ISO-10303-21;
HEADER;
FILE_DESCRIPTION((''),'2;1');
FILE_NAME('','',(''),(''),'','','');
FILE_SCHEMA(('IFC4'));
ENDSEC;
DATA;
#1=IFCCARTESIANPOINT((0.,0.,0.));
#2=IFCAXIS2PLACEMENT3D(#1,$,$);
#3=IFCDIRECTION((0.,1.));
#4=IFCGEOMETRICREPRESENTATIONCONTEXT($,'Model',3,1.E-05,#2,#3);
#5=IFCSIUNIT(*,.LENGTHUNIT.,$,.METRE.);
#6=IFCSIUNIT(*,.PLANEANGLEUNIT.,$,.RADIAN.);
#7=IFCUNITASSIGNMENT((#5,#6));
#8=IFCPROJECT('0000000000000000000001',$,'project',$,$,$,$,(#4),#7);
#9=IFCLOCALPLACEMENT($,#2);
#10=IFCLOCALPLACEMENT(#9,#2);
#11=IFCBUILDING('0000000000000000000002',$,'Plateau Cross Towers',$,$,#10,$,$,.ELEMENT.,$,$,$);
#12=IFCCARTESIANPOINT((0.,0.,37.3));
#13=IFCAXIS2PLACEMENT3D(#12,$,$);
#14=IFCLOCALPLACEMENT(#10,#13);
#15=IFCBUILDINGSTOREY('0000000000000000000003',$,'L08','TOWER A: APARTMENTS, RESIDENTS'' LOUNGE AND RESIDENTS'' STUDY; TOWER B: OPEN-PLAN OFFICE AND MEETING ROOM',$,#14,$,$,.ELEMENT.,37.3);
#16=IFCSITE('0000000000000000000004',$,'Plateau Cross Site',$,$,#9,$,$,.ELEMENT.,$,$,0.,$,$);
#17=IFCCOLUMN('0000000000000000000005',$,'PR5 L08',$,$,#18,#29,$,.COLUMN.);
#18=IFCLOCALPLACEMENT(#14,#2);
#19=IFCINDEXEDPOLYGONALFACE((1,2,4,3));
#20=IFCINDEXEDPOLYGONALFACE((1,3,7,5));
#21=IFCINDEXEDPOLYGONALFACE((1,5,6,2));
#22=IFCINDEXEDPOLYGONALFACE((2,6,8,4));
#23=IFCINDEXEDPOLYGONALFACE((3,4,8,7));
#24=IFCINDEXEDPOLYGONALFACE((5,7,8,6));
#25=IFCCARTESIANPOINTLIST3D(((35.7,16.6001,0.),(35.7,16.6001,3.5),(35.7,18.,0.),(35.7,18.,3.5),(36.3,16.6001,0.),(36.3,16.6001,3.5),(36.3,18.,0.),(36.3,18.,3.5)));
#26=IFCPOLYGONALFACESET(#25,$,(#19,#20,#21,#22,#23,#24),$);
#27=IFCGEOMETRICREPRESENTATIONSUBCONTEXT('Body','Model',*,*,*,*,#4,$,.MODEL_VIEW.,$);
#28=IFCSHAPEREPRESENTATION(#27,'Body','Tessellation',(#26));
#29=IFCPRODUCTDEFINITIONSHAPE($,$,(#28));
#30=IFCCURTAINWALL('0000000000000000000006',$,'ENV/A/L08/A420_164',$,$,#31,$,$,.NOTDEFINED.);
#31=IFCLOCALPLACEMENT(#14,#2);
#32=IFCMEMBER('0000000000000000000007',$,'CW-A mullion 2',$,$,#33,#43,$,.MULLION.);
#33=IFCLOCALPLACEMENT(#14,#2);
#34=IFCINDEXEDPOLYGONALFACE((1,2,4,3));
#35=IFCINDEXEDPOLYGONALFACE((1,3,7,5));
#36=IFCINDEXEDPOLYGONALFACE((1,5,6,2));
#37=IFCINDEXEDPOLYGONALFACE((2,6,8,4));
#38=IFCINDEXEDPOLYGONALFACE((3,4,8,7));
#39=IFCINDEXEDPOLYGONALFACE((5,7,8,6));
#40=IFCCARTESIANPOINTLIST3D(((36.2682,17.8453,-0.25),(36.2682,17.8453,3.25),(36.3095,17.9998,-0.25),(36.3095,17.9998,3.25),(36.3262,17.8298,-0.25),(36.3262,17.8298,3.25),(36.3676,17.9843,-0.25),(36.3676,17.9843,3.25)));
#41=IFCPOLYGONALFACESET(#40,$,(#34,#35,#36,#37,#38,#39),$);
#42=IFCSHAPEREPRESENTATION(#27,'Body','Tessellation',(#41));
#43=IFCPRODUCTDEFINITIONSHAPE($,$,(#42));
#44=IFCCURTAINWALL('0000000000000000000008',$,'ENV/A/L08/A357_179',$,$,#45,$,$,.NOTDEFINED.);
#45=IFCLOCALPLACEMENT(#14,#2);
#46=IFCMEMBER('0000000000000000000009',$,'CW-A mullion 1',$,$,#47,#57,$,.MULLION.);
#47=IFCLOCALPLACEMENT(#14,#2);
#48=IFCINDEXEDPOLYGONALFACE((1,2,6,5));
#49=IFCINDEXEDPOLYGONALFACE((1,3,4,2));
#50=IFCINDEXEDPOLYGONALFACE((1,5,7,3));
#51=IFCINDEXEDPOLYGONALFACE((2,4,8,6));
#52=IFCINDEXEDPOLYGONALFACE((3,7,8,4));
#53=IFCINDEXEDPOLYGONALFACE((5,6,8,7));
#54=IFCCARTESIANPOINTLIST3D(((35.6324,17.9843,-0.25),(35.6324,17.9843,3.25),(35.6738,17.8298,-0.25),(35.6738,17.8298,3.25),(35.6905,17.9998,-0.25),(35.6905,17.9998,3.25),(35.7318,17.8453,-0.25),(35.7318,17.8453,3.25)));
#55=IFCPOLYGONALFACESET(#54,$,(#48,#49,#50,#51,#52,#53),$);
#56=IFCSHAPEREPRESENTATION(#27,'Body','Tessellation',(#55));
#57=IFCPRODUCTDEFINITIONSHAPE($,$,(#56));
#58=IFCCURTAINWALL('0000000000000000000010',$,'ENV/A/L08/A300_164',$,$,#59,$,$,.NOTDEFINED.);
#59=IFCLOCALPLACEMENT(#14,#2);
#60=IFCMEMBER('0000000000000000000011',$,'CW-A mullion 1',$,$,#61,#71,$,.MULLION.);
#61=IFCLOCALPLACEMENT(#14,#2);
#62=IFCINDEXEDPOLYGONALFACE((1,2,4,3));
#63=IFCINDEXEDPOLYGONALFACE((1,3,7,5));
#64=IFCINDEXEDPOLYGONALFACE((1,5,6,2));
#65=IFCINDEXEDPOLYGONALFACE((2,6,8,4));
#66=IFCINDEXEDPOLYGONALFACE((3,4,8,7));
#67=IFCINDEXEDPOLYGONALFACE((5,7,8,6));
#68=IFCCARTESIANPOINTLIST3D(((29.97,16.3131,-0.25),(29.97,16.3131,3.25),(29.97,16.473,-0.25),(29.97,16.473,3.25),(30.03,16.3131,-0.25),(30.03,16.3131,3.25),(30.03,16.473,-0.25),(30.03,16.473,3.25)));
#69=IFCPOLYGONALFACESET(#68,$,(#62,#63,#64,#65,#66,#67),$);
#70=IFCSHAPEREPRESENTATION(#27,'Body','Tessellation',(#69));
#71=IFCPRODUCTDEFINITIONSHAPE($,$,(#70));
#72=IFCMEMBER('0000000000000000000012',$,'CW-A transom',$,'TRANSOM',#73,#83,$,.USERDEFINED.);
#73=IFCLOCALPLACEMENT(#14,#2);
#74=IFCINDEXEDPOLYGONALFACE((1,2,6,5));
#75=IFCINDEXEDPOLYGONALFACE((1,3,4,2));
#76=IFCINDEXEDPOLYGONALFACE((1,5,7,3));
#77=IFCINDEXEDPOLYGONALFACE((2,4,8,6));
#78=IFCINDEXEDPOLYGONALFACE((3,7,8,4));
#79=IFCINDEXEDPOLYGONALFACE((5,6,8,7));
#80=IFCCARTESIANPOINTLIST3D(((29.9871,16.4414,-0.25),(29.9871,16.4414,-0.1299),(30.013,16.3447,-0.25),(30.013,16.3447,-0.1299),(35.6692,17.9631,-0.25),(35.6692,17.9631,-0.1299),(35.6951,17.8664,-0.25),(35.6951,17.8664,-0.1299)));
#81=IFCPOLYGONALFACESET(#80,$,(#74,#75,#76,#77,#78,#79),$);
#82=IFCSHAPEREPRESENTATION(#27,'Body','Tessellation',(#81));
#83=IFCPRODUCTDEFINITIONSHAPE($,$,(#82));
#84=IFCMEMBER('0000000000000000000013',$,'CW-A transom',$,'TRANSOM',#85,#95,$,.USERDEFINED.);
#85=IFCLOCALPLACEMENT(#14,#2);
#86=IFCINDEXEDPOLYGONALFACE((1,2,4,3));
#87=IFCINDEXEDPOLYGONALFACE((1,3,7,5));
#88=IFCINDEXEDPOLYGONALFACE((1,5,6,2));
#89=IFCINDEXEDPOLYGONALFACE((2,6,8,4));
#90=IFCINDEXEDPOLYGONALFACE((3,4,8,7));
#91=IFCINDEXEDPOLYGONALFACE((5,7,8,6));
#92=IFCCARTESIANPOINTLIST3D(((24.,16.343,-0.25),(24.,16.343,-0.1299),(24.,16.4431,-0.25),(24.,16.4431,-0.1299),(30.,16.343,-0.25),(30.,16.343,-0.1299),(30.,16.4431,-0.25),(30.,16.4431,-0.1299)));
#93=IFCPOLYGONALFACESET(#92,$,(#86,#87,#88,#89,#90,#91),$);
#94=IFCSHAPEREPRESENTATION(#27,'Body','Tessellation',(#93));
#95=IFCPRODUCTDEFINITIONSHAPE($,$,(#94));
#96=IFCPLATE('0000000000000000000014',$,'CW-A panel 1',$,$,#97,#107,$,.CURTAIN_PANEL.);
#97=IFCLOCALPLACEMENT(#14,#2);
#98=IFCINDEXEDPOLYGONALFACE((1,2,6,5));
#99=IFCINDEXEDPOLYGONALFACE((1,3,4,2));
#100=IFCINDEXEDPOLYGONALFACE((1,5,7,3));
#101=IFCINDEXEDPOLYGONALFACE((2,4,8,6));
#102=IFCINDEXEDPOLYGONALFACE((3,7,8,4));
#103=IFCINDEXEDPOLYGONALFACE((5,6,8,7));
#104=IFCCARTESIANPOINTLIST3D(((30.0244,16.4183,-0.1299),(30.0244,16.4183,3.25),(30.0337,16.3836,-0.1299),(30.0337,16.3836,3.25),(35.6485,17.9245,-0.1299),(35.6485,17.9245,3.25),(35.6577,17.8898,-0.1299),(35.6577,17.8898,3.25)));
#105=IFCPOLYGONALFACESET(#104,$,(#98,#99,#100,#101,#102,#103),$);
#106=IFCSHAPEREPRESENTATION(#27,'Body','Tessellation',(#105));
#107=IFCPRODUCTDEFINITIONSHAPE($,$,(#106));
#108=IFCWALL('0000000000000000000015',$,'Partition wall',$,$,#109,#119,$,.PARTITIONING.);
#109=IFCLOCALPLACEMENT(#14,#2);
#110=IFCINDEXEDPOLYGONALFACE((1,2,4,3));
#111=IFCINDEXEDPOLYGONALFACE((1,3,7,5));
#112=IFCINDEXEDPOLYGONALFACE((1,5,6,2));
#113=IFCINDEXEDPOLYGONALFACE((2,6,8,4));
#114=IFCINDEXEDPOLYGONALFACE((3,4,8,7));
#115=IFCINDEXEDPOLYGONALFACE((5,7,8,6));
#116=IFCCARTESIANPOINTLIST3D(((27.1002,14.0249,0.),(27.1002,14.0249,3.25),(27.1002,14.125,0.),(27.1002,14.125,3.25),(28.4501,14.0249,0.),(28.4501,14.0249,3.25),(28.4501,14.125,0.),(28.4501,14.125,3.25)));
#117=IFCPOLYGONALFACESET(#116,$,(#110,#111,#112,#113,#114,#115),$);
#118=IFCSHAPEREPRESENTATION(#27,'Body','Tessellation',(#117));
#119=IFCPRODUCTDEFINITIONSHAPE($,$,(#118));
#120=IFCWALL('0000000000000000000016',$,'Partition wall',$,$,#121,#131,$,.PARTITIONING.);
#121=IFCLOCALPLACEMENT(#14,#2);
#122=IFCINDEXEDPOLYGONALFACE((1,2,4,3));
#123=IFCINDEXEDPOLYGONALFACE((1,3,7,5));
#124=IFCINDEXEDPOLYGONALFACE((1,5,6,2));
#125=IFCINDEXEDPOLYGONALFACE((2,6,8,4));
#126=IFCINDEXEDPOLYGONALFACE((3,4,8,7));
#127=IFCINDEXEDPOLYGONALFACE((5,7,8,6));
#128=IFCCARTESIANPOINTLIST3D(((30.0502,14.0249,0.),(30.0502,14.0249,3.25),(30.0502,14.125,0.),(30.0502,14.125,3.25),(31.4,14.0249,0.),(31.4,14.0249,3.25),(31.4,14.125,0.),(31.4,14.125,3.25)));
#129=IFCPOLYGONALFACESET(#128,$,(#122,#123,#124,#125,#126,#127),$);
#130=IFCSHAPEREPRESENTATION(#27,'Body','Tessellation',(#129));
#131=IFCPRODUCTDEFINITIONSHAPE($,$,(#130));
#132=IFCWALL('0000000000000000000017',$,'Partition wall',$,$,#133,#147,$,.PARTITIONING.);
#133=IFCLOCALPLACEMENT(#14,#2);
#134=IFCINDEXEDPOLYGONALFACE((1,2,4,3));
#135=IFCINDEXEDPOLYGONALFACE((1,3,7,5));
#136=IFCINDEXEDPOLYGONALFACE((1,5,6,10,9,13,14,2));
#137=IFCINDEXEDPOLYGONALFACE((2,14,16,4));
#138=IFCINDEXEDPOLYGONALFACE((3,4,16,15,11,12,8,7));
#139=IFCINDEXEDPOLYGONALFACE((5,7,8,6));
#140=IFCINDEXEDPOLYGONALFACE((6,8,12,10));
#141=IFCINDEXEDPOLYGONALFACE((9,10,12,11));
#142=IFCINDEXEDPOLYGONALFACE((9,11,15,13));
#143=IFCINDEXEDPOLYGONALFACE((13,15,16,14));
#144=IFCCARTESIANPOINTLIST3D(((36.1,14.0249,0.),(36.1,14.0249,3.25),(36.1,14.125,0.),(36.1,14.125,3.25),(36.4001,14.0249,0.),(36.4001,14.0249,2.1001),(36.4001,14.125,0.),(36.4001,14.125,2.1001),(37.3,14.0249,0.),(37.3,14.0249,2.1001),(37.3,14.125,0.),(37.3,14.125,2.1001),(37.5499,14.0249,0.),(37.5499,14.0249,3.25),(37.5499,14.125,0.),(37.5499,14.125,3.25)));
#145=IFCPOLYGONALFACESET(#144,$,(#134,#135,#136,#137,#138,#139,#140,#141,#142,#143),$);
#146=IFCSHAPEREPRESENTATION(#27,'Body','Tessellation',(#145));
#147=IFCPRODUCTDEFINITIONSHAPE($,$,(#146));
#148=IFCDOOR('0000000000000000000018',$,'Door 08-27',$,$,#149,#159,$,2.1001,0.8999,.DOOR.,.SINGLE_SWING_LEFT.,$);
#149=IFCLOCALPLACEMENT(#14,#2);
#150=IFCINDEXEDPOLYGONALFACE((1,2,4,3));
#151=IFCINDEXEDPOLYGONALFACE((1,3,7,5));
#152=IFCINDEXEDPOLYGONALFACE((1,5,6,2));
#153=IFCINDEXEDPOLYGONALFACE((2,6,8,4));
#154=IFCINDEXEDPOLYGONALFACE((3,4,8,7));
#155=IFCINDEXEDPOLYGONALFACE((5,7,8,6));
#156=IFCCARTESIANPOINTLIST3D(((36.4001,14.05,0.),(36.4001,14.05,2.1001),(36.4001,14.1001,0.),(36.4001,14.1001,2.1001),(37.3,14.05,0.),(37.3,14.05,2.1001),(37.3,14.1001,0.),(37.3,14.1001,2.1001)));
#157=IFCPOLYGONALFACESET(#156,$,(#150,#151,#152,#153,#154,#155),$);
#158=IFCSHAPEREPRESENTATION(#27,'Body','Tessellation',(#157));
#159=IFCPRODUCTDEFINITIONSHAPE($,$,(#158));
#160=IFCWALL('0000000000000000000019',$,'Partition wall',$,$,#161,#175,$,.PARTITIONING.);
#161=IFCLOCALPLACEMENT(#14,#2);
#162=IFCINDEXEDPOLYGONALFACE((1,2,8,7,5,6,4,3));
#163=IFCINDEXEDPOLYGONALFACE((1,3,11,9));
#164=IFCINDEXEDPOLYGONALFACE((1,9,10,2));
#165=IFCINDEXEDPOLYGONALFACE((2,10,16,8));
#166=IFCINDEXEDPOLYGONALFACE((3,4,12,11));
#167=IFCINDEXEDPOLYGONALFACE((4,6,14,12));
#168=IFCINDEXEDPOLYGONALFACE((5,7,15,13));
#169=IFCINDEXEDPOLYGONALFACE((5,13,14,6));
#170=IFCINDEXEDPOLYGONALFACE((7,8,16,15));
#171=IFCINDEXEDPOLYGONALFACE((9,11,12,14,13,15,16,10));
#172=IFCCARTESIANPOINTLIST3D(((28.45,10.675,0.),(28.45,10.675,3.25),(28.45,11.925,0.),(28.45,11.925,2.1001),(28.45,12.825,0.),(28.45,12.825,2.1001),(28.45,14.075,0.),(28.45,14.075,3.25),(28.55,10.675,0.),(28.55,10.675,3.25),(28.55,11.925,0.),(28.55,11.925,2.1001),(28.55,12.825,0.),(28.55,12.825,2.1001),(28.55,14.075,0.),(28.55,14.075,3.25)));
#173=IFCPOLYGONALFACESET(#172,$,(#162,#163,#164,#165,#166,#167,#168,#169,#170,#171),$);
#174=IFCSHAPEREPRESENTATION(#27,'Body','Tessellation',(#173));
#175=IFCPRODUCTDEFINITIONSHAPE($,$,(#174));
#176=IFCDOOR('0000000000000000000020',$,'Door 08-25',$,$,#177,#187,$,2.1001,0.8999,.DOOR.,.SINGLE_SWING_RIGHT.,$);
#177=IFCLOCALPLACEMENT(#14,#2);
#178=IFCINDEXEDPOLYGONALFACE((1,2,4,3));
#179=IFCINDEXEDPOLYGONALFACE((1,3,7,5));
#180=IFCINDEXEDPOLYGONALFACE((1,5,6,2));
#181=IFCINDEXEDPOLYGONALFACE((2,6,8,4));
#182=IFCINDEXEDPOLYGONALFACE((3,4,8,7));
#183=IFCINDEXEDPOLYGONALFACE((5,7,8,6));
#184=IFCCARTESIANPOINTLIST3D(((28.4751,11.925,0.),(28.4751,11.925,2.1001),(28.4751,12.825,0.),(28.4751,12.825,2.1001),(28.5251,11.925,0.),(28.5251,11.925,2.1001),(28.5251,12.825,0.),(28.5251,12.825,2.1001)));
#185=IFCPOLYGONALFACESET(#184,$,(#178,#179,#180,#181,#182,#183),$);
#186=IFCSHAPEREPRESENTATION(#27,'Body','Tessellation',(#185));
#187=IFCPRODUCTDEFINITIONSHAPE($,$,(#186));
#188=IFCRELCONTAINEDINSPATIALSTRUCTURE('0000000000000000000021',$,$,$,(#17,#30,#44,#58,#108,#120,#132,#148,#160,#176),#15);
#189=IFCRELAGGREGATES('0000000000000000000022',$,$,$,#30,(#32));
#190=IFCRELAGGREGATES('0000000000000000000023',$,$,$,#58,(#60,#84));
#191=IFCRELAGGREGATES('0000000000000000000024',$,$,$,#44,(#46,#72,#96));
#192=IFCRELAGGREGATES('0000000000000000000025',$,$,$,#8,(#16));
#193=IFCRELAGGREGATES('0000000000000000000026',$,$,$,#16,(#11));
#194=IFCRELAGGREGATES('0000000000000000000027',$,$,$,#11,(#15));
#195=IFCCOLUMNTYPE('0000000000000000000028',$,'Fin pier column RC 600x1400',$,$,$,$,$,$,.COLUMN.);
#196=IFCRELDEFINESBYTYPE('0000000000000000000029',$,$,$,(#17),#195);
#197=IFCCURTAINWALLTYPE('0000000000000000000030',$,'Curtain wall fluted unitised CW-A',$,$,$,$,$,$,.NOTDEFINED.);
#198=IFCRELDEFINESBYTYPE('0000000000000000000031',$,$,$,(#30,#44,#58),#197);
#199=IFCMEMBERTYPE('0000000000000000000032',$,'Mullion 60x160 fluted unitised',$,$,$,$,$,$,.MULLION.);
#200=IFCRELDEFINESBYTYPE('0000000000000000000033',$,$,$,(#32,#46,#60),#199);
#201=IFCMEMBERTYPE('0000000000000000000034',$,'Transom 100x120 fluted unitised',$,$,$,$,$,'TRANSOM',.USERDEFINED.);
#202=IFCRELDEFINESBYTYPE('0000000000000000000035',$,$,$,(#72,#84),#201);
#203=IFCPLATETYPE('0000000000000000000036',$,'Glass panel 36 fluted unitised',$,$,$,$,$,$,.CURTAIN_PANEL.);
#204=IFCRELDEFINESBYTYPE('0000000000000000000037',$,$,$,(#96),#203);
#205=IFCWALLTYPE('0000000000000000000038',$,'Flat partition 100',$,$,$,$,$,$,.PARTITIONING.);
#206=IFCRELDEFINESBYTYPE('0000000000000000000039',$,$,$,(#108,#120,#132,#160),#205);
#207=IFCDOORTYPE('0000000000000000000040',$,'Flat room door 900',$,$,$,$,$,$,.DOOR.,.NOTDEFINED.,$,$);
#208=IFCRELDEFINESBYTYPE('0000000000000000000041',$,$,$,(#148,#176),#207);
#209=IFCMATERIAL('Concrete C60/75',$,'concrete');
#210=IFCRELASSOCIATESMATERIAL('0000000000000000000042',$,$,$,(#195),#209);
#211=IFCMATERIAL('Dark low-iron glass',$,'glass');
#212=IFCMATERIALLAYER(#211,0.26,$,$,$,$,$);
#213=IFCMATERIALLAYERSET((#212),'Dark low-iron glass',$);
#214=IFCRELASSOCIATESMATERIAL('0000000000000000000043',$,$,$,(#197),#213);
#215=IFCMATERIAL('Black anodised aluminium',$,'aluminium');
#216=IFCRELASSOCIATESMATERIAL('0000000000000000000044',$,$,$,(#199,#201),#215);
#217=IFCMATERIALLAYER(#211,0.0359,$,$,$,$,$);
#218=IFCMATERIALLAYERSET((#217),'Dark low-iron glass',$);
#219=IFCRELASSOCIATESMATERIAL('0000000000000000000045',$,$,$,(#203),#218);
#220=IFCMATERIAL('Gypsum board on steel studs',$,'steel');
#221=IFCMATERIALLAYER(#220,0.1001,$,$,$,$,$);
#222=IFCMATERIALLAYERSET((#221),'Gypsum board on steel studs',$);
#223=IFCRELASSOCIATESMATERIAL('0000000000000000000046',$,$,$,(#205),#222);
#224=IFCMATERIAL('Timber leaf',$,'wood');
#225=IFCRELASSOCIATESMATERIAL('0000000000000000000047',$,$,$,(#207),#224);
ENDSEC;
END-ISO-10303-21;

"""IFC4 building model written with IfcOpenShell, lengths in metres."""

from ifc_helpers import new_model, si_unit, direction, frame, frame_2d, origin, origin_2d, place, context, subcontext, project, spatial, rectangle, extrude, material, layer, layer_set, material_profile, profile_set, type_object, element, fill, aggregate, save


model = new_model("IFC4")

# Units and contexts
model_context = context("Model", 3, precision=1e-05, world=origin(), true_north=direction((0.0, 1.0)))
body_context = subcontext(model_context, "Body", "Model", "MODEL_VIEW")
ifc_project = project(units=[si_unit("LENGTHUNIT", "METRE"), si_unit("PLANEANGLEUNIT", "RADIAN")], contexts=[model_context])

# Site, building, storey
site_placement = place(None, origin())
site = spatial("IfcSite", under=ifc_project, at=site_placement, Name="Plateau Cross Site", CompositionType="ELEMENT", RefElevation=0.0)
building_placement = place(site_placement, origin())
building = spatial("IfcBuilding", under=site, at=building_placement, Name="Plateau Cross Towers", CompositionType="ELEMENT")
storey_placement = place(building_placement, frame((0.0, 0.0, 37.3)))
storey = spatial("IfcBuildingStorey", under=building, at=storey_placement, Name="L08", Description="TOWER A: APARTMENTS, RESIDENTS' LOUNGE AND RESIDENTS' STUDY; TOWER B: OPEN-PLAN OFFICE AND MEETING ROOM", CompositionType="ELEMENT", Elevation=37.3)

# Column
ifc_material_1 = material(Name="Concrete C60/75", Category="concrete")
ifc_material_profile_1 = material_profile(ifc_material_1, rectangle(XDim=0.6001, YDim=1.3999, at=origin_2d()), Name="RC 600x1400")
ifc_profile_set_1 = profile_set([ifc_material_profile_1], Name="Concrete C60/75")
column_type = type_object("IfcColumnType", Name="Fin pier column RC 600x1400", PredefinedType="COLUMN", material=ifc_profile_set_1)
column_placement = place(storey_placement, frame((36.0, 17.3, 0.0), z_axis=(0.0, 0.0, 1.0), x_axis=(1.0, 0.0, 0.0)))
element("IfcColumn", 1, at=column_placement, inside=storey, type_object=column_type, Name="PR5 L08", PredefinedType="COLUMN", context=body_context, shape_type="SweptSolid", body=[
    extrude(rectangle(XDim=0.6001, YDim=1.3999, at=origin_2d()), origin(), (0.0, 0.0, 1.0), 3.5),
])

# Curtain walls, members
ifc_material_2 = material(Name="Dark low-iron glass", Category="glass")
ifc_layer_1 = layer(ifc_material_2, 0.26)
ifc_layer_set_1 = layer_set([ifc_layer_1], Name="Dark low-iron glass")
curtain_wall_type = type_object("IfcCurtainWallType", Name="Curtain wall fluted unitised CW-A", PredefinedType="NOTDEFINED", material=ifc_layer_set_1)
curtain_wall_1_placement = place(storey_placement, origin())
curtain_wall_1 = element("IfcCurtainWall", 2, at=curtain_wall_1_placement, inside=storey, type_object=curtain_wall_type, Name="ENV/A/L08/A420_164", PredefinedType="NOTDEFINED")
ifc_material_3 = material(Name="Black anodised aluminium", Category="aluminium")
ifc_material_profile_2 = material_profile(ifc_material_3, rectangle(XDim=0.0601, YDim=0.1599, at=origin_2d()), Name="MULLION 60x160")
ifc_profile_set_2 = profile_set([ifc_material_profile_2], Name="Black anodised aluminium")
member_type_1 = type_object("IfcMemberType", Name="Mullion 60x160 fluted unitised", PredefinedType="MULLION", material=ifc_profile_set_2)
member_1_placement = place(storey_placement, frame((36.3179, 17.9148, -0.25), z_axis=(0.0, 0.0, 1.0), x_axis=(-0.965958, 0.258699, 0.0)))
member_1 = element("IfcMember", 3, at=member_1_placement, type_object=member_type_1, Name="CW-A mullion 2", PredefinedType="MULLION", context=body_context, shape_type="SweptSolid", body=[
    extrude(rectangle(XDim=0.0601, YDim=0.1599, at=origin_2d()), origin(), (0.0, 0.0, 1.0), 3.5),
])
aggregate(curtain_wall_1, [member_1])
curtain_wall_2_placement = place(storey_placement, origin())
curtain_wall_2 = element("IfcCurtainWall", 4, at=curtain_wall_2_placement, inside=storey, type_object=curtain_wall_type, Name="ENV/A/L08/A357_179", PredefinedType="NOTDEFINED")
member_2_placement = place(storey_placement, frame((35.6821, 17.9148, -0.25), z_axis=(0.0, 0.0, 1.0), x_axis=(-0.965958, -0.258699, 0.0)))
member_2 = element("IfcMember", 5, at=member_2_placement, type_object=member_type_1, Name="CW-A mullion 1", PredefinedType="MULLION", context=body_context, shape_type="SweptSolid", body=[
    extrude(rectangle(XDim=0.0601, YDim=0.1599, at=origin_2d()), origin(), (0.0, 0.0, 1.0), 3.5),
])
curtain_wall_3_placement = place(storey_placement, origin())
curtain_wall_3 = element("IfcCurtainWall", 6, at=curtain_wall_3_placement, inside=storey, type_object=curtain_wall_type, Name="ENV/A/L08/A300_164", PredefinedType="NOTDEFINED")
member_3_placement = place(storey_placement, frame((30.0, 16.3931, -0.25), z_axis=(0.0, 0.0, 1.0), x_axis=(-1.0, 0.0, 0.0)))
member_3 = element("IfcMember", 7, at=member_3_placement, type_object=member_type_1, Name="CW-A mullion 1", PredefinedType="MULLION", context=body_context, shape_type="SweptSolid", body=[
    extrude(rectangle(XDim=0.0601, YDim=0.1599, at=origin_2d()), origin(), (0.0, 0.0, 1.0), 3.5),
])

# Members
ifc_material_profile_3 = material_profile(ifc_material_3, rectangle(XDim=0.1001, YDim=0.1201, at=origin_2d()), Name="TRANSOM 100x120")
ifc_profile_set_3 = profile_set([ifc_material_profile_3], Name="Black anodised aluminium")
member_type_2 = type_object("IfcMemberType", Name="Transom 100x120 fluted unitised", ElementType="TRANSOM", PredefinedType="USERDEFINED", material=ifc_profile_set_3)
member_4_placement = place(storey_placement, frame((35.6821, 17.9148, -0.1899), z_axis=(-0.96596, -0.258693, 0.0), x_axis=(0.258693, -0.96596, 0.0)))
member_4 = element("IfcMember", 8, at=member_4_placement, type_object=member_type_2, Name="CW-A transom", ObjectType="TRANSOM", PredefinedType="USERDEFINED", context=body_context, shape_type="SweptSolid", body=[
    extrude(rectangle(XDim=0.1001, YDim=0.1201, at=origin_2d()), origin(), (0.0, 0.0, 1.0), 5.8823),
])
member_5_placement = place(storey_placement, frame((30.0, 16.3931, -0.1899), z_axis=(-1.0, 0.0, 0.0), x_axis=(0.0, -1.0, 0.0)))
member_5 = element("IfcMember", 9, at=member_5_placement, type_object=member_type_2, Name="CW-A transom", ObjectType="TRANSOM", PredefinedType="USERDEFINED", context=body_context, shape_type="SweptSolid", body=[
    extrude(rectangle(XDim=0.1001, YDim=0.1201, at=origin_2d()), origin(), (0.0, 0.0, 1.0), 6.0),
])
aggregate(curtain_wall_3, [member_3, member_5])

# Plate
ifc_layer_2 = layer(ifc_material_2, 0.0359)
ifc_layer_set_2 = layer_set([ifc_layer_2], Name="Dark low-iron glass")
plate_type = type_object("IfcPlateType", Name="Glass panel 36 fluted unitised", PredefinedType="CURTAIN_PANEL", material=ifc_layer_set_2)
plate_placement = place(storey_placement, frame((32.8411, 17.1541, -0.1299), z_axis=(0.0, 0.0, 1.0), x_axis=(-0.965958, -0.258699, 0.0)))
plate = element("IfcPlate", 10, at=plate_placement, type_object=plate_type, Name="CW-A panel 1", PredefinedType="CURTAIN_PANEL", context=body_context, shape_type="SweptSolid", body=[
    extrude(rectangle(XDim=5.8223, YDim=0.0359, at=origin_2d()), origin(), (0.0, 0.0, 1.0), 3.3799),
])
aggregate(curtain_wall_2, [member_2, member_4, plate])

# Walls
ifc_material_4 = material(Name="Gypsum board on steel studs", Category="steel")
ifc_layer_3 = layer(ifc_material_4, 0.1001)
ifc_layer_set_3 = layer_set([ifc_layer_3], Name="Gypsum board on steel studs")
wall_type_1 = type_object("IfcWallType", Name="Flat partition 100", PredefinedType="PARTITIONING", material=ifc_layer_set_3)
for number, where, z_axis, x_axis, name in (
    (11, (28.45, 14.075, 0.0), (0.0, 0.0, 1.0), (-1.0, 0.0, 0.0), "Partition wall"),
    (12, (31.3999, 14.075, 0.0), (0.0, 0.0, 1.0), (-1.0, 0.0, 0.0), "Partition wall"),
):
    element("IfcWall", number, at=place(storey_placement, frame(where, z_axis=z_axis, x_axis=x_axis)), inside=storey, type_object=wall_type_1, Name=name, PredefinedType="PARTITIONING", context=body_context, shape_type="SweptSolid", body=[
        extrude(rectangle(XDim=1.3499, YDim=0.1001, at=frame_2d((0.6748, 0.0))), origin(), (0.0, 0.0, 1.0), 3.25),
    ])

# Walls, openings, doors
wall_1_placement = place(storey_placement, frame((37.55, 14.075, 0.0), z_axis=(0.0, 0.0, 1.0), x_axis=(-1.0, 0.0, 0.0)))
wall_1 = element("IfcWall", 13, at=wall_1_placement, inside=storey, type_object=wall_type_1, Name="Partition wall", PredefinedType="PARTITIONING", context=body_context, shape_type="SweptSolid", body=[
    extrude(rectangle(XDim=1.45, YDim=0.1001, at=frame_2d((0.7251, 0.0))), origin(), (0.0, 0.0, 1.0), 3.25),
])
opening_1_placement = place(wall_1_placement, frame((0.25, 0.0, 0.0)))
opening_1 = element("IfcOpeningElement", 14, at=opening_1_placement, cuts=wall_1, PredefinedType="OPENING", context=body_context, shape_type="SweptSolid", body=[
    extrude(rectangle(XDim=0.8999, YDim=2.1001, at=frame_2d((0.45, 1.05))), frame((0.0, 0.0601, 0.0), z_axis=(0.0, -1.0, 0.0), x_axis=(1.0, 0.0, 0.0)), (0.0, 0.0, 1.0), 0.1201),
])
ifc_material_5 = material(Name="Timber leaf", Category="wood")
door_type = type_object("IfcDoorType", Name="Flat room door 900", OperationType="NOTDEFINED", PredefinedType="DOOR", material=ifc_material_5)
door_1_placement = place(opening_1_placement, origin())
door_1 = element("IfcDoor", 15, at=door_1_placement, inside=storey, type_object=door_type, Name="Door 08-27", OperationType="SINGLE_SWING_LEFT", OverallHeight=2.1001, OverallWidth=0.8999, PredefinedType="DOOR", context=body_context, shape_type="SweptSolid", body=[
    extrude(rectangle(XDim=0.8999, YDim=2.1001, at=frame_2d((0.45, 1.05))), frame((0.0, 0.0249, 0.0), z_axis=(0.0, -1.0, 0.0), x_axis=(1.0, 0.0, 0.0)), (0.0, 0.0, 1.0), 0.05),
])
fill(opening_1, door_1)
wall_2_placement = place(storey_placement, frame((28.5, 10.675, 0.0), z_axis=(0.0, 0.0, 1.0), x_axis=(0.0, 1.0, 0.0)))
wall_2 = element("IfcWall", 16, at=wall_2_placement, inside=storey, type_object=wall_type_1, Name="Partition wall", PredefinedType="PARTITIONING", context=body_context, shape_type="SweptSolid", body=[
    extrude(rectangle(XDim=3.3999, YDim=0.1001, at=frame_2d((1.7, 0.0))), origin(), (0.0, 0.0, 1.0), 3.25),
])
opening_2_placement = place(wall_2_placement, frame((1.25, 0.0, 0.0)))
opening_2 = element("IfcOpeningElement", 17, at=opening_2_placement, cuts=wall_2, PredefinedType="OPENING", context=body_context, shape_type="SweptSolid", body=[
    extrude(rectangle(XDim=0.8999, YDim=2.1001, at=frame_2d((0.45, 1.05))), frame((0.0, 0.0601, 0.0), z_axis=(0.0, -1.0, 0.0), x_axis=(1.0, 0.0, 0.0)), (0.0, 0.0, 1.0), 0.1201),
])
door_2_placement = place(opening_2_placement, origin())
door_2 = element("IfcDoor", 18, at=door_2_placement, inside=storey, type_object=door_type, Name="Door 08-25", OperationType="SINGLE_SWING_RIGHT", OverallHeight=2.1001, OverallWidth=0.8999, PredefinedType="DOOR", context=body_context, shape_type="SweptSolid", body=[
    extrude(rectangle(XDim=0.8999, YDim=2.1001, at=frame_2d((0.45, 1.05))), frame((0.0, 0.0249, 0.0), z_axis=(0.0, -1.0, 0.0), x_axis=(1.0, 0.0, 0.0)), (0.0, 0.0, 1.0), 0.05),
])
fill(opening_2, door_2)

save(model, "model.ifc")
